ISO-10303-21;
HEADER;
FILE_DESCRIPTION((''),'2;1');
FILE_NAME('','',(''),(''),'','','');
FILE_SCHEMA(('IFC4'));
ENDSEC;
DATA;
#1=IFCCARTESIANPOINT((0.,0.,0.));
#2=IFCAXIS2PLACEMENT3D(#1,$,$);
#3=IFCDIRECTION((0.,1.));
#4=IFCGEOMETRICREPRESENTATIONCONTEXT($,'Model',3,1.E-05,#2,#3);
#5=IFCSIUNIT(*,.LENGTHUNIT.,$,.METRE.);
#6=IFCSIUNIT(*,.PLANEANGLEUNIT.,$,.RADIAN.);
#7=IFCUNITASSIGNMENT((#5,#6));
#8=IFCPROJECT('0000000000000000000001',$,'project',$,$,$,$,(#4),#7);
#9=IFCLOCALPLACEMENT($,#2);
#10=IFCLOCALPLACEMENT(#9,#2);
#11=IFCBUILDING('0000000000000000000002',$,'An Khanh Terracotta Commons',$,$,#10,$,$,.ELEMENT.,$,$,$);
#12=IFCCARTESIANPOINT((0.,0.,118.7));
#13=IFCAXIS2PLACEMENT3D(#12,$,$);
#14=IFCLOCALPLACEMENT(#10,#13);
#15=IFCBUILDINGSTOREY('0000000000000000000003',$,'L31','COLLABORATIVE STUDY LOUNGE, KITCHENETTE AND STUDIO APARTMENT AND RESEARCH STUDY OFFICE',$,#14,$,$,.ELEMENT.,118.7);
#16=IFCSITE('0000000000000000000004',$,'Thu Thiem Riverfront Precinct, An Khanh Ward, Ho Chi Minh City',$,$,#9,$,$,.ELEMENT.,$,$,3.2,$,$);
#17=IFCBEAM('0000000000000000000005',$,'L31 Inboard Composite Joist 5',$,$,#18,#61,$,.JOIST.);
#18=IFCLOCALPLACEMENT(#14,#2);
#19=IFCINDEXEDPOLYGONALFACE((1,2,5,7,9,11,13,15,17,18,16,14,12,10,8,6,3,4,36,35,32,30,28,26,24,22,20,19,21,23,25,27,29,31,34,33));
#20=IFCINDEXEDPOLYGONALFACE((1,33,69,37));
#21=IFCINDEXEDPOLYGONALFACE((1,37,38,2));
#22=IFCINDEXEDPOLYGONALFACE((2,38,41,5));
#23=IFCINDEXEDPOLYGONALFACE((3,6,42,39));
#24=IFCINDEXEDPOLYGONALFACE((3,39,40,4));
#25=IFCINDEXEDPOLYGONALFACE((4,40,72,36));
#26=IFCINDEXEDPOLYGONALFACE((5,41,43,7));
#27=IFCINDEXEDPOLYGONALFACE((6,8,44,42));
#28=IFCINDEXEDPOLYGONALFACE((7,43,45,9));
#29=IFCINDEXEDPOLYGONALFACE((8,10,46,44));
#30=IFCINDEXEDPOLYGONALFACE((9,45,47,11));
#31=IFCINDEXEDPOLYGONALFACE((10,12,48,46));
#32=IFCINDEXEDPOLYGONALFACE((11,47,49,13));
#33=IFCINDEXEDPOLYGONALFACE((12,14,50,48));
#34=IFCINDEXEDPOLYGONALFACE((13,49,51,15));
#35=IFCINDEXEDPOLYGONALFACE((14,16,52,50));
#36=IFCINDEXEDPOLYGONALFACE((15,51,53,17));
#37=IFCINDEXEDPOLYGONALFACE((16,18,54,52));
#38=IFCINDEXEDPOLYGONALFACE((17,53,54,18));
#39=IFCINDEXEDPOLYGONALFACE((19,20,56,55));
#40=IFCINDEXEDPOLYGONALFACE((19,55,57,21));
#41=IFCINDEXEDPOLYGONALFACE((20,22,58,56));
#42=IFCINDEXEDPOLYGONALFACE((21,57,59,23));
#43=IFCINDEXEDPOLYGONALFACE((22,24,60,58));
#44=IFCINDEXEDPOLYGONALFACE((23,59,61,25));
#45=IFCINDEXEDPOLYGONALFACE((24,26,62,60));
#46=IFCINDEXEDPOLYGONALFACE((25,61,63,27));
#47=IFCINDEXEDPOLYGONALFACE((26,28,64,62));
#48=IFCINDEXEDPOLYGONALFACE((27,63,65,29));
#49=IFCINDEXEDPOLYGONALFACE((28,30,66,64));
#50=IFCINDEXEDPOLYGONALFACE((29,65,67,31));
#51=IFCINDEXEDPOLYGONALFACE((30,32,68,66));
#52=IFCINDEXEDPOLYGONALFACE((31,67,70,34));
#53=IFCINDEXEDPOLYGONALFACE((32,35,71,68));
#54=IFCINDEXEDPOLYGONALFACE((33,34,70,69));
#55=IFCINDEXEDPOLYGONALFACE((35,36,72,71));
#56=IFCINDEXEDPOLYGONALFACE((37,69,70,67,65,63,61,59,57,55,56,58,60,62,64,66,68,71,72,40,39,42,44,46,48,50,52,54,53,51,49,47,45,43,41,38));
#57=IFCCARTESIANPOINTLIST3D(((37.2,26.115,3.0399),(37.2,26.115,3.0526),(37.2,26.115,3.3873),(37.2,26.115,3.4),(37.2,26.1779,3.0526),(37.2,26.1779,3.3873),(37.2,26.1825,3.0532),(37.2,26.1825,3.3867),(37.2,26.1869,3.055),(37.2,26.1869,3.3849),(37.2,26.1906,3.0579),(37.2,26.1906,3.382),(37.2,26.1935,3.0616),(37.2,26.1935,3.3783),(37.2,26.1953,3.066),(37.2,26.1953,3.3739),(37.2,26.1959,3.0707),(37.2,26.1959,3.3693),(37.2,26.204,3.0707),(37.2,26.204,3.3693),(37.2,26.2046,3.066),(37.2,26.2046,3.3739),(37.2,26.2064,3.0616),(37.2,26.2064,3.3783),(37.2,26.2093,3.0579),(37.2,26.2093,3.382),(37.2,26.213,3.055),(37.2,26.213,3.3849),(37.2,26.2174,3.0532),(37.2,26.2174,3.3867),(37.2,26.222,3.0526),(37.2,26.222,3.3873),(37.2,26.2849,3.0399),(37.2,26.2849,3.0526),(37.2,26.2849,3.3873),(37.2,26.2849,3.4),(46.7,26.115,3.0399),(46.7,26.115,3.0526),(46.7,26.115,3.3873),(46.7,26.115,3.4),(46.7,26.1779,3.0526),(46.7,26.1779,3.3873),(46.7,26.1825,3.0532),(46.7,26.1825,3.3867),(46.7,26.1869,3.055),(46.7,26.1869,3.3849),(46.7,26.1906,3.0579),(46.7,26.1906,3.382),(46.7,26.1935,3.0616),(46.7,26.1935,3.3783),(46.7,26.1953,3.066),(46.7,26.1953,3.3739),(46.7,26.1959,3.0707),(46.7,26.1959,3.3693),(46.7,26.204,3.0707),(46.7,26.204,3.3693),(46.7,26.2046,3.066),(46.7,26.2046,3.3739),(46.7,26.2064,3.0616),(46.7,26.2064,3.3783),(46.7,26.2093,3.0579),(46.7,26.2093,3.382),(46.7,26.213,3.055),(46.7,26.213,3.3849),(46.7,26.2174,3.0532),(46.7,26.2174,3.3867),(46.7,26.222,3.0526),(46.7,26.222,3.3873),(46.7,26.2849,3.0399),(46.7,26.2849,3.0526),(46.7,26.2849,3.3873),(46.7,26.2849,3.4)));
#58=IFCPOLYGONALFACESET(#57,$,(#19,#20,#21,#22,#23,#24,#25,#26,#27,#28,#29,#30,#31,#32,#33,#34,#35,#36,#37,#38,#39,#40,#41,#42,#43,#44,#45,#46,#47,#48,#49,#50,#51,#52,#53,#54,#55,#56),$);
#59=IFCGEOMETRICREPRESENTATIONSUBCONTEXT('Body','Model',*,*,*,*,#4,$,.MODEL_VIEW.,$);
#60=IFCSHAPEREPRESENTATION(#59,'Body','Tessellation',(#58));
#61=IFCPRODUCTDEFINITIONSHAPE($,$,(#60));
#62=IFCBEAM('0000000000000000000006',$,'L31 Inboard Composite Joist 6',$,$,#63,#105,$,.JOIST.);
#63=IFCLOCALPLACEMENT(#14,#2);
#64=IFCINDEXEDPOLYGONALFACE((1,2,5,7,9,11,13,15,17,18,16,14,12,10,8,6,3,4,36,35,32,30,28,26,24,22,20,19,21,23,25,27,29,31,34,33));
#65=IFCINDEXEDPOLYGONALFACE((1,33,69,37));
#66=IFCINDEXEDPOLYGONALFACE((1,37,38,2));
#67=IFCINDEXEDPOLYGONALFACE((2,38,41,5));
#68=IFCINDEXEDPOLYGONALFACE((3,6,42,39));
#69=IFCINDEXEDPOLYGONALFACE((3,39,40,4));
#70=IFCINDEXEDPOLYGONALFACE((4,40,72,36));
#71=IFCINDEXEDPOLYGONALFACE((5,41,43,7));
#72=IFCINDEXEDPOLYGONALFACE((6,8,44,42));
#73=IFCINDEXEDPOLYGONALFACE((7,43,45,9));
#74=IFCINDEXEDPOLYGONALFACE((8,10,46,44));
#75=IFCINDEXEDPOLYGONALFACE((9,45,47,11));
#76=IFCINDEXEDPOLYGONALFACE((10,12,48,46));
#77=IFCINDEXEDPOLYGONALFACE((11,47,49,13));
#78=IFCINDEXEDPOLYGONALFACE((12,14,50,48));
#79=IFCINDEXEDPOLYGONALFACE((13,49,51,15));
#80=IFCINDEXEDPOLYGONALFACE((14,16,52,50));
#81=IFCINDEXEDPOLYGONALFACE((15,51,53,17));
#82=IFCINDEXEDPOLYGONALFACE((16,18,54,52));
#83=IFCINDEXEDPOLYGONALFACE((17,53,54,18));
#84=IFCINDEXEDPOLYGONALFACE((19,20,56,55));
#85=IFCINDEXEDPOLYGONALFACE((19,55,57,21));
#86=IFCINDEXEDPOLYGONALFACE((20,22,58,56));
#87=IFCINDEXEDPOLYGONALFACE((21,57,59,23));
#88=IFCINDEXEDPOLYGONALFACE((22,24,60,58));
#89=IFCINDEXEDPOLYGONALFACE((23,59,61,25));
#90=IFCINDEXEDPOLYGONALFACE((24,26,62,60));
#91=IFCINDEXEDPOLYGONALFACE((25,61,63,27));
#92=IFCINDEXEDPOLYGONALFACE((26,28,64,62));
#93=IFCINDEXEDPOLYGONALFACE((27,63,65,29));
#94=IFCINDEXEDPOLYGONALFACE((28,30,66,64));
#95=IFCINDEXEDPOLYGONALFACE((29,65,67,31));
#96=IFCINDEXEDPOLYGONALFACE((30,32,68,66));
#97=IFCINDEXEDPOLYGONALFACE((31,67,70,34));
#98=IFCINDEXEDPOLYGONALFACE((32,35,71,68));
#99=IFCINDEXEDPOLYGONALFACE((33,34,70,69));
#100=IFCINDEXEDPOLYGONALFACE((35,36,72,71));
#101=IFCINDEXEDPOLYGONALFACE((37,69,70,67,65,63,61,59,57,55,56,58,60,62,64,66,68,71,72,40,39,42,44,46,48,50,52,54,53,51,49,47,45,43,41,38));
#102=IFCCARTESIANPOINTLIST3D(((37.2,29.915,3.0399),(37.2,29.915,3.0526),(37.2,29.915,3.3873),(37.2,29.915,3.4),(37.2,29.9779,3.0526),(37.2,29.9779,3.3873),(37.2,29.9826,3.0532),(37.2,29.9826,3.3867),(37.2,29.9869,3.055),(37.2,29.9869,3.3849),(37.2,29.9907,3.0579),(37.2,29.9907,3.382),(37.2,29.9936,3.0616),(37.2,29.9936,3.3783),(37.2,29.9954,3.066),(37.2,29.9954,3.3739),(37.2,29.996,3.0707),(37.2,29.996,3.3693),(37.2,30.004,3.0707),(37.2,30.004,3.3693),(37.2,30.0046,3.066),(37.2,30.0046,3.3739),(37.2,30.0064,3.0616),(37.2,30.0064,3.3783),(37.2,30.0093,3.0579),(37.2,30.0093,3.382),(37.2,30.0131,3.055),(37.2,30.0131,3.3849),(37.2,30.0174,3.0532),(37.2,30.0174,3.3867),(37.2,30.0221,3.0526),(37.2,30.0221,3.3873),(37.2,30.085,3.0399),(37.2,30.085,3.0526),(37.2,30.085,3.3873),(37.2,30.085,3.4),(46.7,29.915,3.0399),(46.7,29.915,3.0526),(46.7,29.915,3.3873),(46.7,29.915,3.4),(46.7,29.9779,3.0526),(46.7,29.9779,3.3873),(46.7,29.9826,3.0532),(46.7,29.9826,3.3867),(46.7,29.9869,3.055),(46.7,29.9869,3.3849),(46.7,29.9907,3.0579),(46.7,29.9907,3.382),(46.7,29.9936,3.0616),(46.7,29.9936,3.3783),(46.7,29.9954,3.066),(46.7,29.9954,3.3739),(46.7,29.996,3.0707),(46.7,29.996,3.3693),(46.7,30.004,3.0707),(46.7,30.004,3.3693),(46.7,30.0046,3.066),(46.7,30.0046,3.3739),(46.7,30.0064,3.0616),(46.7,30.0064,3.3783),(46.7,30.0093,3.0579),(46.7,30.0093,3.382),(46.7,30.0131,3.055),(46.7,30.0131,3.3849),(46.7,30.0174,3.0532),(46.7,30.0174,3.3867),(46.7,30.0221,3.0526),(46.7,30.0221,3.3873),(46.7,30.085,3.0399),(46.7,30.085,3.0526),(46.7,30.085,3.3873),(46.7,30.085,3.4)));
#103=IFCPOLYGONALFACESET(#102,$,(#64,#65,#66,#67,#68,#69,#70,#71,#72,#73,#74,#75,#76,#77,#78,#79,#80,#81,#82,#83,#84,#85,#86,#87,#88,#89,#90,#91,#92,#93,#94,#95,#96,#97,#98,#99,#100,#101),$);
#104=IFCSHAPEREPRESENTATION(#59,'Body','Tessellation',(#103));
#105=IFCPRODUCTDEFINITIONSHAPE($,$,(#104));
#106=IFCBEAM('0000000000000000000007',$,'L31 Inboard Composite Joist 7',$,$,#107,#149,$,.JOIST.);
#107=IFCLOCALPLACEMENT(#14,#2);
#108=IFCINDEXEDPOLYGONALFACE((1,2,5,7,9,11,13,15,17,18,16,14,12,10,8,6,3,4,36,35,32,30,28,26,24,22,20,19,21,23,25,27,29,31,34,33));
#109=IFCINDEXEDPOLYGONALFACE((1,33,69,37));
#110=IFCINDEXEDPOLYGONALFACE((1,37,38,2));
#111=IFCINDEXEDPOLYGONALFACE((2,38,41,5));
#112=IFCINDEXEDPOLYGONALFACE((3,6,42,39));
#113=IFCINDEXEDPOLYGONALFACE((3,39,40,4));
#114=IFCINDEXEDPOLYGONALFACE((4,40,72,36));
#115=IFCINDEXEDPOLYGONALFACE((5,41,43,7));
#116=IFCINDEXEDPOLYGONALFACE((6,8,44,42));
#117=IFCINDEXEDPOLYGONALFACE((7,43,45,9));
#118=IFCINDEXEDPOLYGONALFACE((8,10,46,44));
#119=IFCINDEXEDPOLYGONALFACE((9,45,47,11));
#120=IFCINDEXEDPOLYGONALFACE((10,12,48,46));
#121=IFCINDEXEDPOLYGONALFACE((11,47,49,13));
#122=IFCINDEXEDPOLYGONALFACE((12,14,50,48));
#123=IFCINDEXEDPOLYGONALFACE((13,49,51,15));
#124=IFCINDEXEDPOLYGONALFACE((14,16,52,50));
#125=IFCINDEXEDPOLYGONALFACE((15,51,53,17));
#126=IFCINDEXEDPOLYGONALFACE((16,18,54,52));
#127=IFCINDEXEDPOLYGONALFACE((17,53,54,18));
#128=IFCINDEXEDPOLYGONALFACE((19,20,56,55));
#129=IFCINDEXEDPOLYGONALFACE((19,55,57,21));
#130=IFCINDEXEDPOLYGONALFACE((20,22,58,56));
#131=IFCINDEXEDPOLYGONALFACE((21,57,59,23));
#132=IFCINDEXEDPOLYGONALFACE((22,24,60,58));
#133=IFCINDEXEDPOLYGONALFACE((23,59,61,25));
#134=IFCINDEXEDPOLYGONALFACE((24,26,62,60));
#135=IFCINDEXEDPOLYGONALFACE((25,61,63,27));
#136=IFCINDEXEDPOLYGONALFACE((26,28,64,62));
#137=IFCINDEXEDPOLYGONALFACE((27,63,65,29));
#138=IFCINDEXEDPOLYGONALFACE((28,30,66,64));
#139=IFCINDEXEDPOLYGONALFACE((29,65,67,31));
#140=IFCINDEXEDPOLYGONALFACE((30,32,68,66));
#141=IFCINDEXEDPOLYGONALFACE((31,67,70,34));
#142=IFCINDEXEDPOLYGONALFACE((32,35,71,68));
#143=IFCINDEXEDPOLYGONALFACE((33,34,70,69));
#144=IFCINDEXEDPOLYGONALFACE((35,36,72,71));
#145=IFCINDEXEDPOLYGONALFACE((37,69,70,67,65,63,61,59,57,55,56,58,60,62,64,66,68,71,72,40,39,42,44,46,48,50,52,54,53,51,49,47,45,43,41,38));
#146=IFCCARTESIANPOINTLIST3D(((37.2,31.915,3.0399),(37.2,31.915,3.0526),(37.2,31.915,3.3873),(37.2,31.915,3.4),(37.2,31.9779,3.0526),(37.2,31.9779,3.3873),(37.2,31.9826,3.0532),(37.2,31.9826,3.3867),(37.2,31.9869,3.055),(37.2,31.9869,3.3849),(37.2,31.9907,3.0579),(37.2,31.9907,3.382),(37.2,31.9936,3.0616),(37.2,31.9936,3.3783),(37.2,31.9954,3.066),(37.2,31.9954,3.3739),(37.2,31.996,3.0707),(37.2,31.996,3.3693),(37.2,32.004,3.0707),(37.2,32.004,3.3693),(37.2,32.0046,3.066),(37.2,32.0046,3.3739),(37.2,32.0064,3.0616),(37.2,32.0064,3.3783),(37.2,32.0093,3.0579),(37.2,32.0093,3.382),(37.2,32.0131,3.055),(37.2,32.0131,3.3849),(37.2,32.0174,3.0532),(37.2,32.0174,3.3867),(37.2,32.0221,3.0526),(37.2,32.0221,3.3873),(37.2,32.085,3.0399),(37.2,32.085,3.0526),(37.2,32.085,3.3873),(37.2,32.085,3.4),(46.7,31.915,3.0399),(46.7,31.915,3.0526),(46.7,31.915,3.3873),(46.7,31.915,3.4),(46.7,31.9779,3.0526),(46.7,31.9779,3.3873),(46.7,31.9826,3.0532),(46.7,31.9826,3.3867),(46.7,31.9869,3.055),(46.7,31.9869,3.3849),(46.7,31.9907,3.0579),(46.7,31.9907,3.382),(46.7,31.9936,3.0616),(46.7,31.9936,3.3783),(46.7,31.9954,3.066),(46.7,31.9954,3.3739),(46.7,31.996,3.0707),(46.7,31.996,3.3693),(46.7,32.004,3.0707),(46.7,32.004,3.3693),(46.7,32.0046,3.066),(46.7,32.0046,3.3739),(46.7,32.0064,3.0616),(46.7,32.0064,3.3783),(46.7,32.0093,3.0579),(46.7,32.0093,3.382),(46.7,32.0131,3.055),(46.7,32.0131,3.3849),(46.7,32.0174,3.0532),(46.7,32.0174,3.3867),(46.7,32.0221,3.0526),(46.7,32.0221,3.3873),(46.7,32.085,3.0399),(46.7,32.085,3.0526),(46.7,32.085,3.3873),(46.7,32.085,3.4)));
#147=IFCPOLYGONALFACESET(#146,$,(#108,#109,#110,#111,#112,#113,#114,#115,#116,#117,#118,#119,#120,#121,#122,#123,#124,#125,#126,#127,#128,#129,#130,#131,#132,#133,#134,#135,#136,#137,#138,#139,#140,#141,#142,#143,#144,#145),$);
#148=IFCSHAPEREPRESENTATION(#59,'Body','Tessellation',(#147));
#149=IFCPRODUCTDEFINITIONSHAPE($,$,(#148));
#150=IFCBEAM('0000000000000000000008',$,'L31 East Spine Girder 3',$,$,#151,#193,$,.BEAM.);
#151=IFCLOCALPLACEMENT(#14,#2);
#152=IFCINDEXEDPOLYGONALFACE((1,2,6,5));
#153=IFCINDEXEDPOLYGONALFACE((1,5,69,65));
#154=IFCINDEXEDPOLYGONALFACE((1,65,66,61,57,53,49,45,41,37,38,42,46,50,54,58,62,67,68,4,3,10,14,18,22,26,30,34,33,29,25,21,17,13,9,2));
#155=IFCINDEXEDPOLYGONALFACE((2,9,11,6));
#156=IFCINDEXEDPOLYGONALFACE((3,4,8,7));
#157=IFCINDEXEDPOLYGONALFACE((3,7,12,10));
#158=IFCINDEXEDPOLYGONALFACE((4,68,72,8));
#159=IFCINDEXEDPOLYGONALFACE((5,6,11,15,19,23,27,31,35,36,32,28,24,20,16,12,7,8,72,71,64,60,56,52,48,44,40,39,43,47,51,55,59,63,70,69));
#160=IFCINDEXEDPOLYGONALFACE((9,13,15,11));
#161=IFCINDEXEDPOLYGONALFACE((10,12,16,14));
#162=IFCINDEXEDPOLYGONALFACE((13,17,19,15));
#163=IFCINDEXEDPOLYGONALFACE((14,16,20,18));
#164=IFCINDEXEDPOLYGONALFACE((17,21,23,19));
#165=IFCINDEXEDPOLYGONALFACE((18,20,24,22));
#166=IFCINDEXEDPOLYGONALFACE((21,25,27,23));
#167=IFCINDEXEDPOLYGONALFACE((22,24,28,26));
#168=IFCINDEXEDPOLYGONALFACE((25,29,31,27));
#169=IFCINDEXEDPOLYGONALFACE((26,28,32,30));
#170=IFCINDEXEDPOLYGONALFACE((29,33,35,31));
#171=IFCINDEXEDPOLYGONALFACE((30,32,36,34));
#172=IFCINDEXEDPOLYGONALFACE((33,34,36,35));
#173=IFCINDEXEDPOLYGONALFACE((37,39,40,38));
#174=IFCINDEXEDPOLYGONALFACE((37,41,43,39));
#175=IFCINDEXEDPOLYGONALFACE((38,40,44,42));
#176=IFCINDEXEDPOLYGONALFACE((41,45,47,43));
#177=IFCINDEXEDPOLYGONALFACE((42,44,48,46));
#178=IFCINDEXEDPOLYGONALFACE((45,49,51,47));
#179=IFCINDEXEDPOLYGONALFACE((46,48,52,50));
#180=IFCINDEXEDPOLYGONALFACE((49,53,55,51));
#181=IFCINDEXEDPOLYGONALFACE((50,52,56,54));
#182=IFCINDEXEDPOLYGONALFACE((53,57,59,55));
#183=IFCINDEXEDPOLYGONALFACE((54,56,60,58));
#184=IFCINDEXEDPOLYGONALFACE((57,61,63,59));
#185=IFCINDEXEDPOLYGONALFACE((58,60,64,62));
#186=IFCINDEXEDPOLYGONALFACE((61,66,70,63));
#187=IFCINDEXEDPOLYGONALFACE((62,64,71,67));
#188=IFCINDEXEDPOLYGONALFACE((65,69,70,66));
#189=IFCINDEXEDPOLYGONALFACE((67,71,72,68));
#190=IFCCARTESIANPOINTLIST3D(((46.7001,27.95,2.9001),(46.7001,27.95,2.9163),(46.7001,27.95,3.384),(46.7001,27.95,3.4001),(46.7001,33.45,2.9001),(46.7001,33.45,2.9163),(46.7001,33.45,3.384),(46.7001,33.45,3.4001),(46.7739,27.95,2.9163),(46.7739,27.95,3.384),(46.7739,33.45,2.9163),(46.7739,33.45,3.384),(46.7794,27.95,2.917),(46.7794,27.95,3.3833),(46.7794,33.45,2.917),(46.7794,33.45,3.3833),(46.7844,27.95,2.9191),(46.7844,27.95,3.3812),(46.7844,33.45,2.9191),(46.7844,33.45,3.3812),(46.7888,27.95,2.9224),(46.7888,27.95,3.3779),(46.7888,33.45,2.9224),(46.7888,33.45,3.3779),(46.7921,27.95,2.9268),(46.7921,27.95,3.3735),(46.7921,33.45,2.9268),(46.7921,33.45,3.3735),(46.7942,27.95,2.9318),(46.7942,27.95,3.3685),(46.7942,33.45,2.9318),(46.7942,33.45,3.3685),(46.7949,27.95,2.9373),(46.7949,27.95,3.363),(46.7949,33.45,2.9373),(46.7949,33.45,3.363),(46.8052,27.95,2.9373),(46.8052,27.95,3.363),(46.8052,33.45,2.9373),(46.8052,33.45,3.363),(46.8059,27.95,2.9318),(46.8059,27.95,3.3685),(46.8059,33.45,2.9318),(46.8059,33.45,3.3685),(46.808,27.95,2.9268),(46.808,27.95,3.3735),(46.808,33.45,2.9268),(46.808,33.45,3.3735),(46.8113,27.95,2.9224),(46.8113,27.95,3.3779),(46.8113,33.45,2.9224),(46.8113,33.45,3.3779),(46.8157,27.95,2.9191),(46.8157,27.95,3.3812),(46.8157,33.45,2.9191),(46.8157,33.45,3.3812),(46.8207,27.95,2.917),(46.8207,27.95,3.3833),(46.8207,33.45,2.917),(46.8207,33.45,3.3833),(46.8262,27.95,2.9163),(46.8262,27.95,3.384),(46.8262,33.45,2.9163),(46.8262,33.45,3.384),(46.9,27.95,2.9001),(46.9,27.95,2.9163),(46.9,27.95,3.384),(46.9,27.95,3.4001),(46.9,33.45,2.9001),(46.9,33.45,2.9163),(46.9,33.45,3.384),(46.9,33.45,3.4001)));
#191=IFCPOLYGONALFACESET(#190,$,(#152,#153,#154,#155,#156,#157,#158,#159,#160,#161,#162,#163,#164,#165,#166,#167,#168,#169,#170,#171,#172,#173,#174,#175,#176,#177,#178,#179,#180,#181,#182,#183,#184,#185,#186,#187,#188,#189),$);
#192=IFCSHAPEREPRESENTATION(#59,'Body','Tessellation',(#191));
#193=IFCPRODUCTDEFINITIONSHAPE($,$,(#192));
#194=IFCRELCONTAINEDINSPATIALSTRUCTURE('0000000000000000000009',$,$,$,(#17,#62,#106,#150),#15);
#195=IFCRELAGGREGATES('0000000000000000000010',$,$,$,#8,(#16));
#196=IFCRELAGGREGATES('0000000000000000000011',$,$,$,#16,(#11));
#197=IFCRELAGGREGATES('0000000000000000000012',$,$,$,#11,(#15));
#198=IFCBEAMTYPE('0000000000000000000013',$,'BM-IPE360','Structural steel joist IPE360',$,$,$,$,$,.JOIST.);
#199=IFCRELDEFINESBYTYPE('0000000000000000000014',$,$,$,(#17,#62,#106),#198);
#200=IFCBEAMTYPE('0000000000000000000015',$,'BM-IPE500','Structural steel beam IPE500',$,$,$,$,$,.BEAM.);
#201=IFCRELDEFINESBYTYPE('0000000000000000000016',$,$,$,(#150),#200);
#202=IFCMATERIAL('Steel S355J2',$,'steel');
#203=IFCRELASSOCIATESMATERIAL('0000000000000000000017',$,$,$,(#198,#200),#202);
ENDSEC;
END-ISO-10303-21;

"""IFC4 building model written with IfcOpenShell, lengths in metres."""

from ifc_helpers import new_model, si_unit, direction, frame, origin, origin_2d, place, context, subcontext, project, spatial, i_section, extrude, material, material_profile, profile_set, type_object, element, save


model = new_model("IFC4")

# Units and contexts
model_context = context("Model", 3, precision=1e-05, world=origin(), true_north=direction((0.0, 1.0)))
body_context = subcontext(model_context, "Body", "Model", "MODEL_VIEW")
ifc_project = project(units=[si_unit("LENGTHUNIT", "METRE"), si_unit("PLANEANGLEUNIT", "RADIAN")], contexts=[model_context])

# Site, building, storey
site_placement = place(None, origin())
site = spatial("IfcSite", under=ifc_project, at=site_placement, Name="Thu Thiem Riverfront Precinct, An Khanh Ward, Ho Chi Minh City", CompositionType="ELEMENT", RefElevation=3.2)
building_placement = place(site_placement, origin())
building = spatial("IfcBuilding", under=site, at=building_placement, Name="An Khanh Terracotta Commons", CompositionType="ELEMENT")
storey_placement = place(building_placement, frame((0.0, 0.0, 118.7)))
storey = spatial("IfcBuildingStorey", under=building, at=storey_placement, Name="L31", Description="COLLABORATIVE STUDY LOUNGE, KITCHENETTE AND STUDIO APARTMENT AND RESEARCH STUDY OFFICE", CompositionType="ELEMENT", Elevation=118.7)

# Beams
ifc_material_1 = material(Name="Steel S355J2", Category="steel")
ifc_material_profile_1 = material_profile(ifc_material_1, i_section(OverallWidth=0.1699, OverallDepth=0.3601, WebThickness=0.0081, FlangeThickness=0.0127, FilletRadius=0.0181, at=origin_2d()), Name="IPE360")
ifc_profile_set_1 = profile_set([ifc_material_profile_1], Name="Steel S355J2")
beam_type_1 = type_object("IfcBeamType", Name="BM-IPE360", Description="Structural steel joist IPE360", PredefinedType="JOIST", material=ifc_profile_set_1)
for number, where, z_axis, x_axis, name in (
    (1, (37.2, 26.2, 3.22), (1.0, 0.0, 0.0), (0.0, 1.0, 0.0), "L31 Inboard Composite Joist 5"),
    (2, (37.2, 30.0, 3.22), (1.0, 0.0, 0.0), (0.0, 1.0, 0.0), "L31 Inboard Composite Joist 6"),
    (3, (37.2, 32.0, 3.22), (1.0, 0.0, 0.0), (0.0, 1.0, 0.0), "L31 Inboard Composite Joist 7"),
):
    element("IfcBeam", number, at=place(storey_placement, frame(where, z_axis=z_axis, x_axis=x_axis)), inside=storey, type_object=beam_type_1, Name=name, PredefinedType="JOIST", context=body_context, shape_type="SweptSolid", body=[
        extrude(i_section(OverallWidth=0.1699, OverallDepth=0.3601, WebThickness=0.0081, FlangeThickness=0.0127, FilletRadius=0.0181, at=origin_2d()), origin(), (0.0, 0.0, 1.0), 9.5),
    ])
ifc_material_profile_2 = material_profile(ifc_material_1, i_section(OverallWidth=0.2, OverallDepth=0.5, WebThickness=0.0103, FlangeThickness=0.0161, FilletRadius=0.021, at=origin_2d()), Name="IPE500")
ifc_profile_set_2 = profile_set([ifc_material_profile_2], Name="Steel S355J2")
beam_type_2 = type_object("IfcBeamType", Name="BM-IPE500", Description="Structural steel beam IPE500", PredefinedType="BEAM", material=ifc_profile_set_2)
beam_placement = place(storey_placement, frame((46.8, 27.95, 3.1501), z_axis=(0.0, 1.0, 0.0), x_axis=(-1.0, 0.0, 0.0)))
element("IfcBeam", 4, at=beam_placement, inside=storey, type_object=beam_type_2, Name="L31 East Spine Girder 3", PredefinedType="BEAM", context=body_context, shape_type="SweptSolid", body=[
    extrude(i_section(OverallWidth=0.2, OverallDepth=0.5, WebThickness=0.0103, FlangeThickness=0.0161, FilletRadius=0.021, at=origin_2d()), origin(), (0.0, 0.0, 1.0), 5.5),
])

save(model, "model.ifc")
